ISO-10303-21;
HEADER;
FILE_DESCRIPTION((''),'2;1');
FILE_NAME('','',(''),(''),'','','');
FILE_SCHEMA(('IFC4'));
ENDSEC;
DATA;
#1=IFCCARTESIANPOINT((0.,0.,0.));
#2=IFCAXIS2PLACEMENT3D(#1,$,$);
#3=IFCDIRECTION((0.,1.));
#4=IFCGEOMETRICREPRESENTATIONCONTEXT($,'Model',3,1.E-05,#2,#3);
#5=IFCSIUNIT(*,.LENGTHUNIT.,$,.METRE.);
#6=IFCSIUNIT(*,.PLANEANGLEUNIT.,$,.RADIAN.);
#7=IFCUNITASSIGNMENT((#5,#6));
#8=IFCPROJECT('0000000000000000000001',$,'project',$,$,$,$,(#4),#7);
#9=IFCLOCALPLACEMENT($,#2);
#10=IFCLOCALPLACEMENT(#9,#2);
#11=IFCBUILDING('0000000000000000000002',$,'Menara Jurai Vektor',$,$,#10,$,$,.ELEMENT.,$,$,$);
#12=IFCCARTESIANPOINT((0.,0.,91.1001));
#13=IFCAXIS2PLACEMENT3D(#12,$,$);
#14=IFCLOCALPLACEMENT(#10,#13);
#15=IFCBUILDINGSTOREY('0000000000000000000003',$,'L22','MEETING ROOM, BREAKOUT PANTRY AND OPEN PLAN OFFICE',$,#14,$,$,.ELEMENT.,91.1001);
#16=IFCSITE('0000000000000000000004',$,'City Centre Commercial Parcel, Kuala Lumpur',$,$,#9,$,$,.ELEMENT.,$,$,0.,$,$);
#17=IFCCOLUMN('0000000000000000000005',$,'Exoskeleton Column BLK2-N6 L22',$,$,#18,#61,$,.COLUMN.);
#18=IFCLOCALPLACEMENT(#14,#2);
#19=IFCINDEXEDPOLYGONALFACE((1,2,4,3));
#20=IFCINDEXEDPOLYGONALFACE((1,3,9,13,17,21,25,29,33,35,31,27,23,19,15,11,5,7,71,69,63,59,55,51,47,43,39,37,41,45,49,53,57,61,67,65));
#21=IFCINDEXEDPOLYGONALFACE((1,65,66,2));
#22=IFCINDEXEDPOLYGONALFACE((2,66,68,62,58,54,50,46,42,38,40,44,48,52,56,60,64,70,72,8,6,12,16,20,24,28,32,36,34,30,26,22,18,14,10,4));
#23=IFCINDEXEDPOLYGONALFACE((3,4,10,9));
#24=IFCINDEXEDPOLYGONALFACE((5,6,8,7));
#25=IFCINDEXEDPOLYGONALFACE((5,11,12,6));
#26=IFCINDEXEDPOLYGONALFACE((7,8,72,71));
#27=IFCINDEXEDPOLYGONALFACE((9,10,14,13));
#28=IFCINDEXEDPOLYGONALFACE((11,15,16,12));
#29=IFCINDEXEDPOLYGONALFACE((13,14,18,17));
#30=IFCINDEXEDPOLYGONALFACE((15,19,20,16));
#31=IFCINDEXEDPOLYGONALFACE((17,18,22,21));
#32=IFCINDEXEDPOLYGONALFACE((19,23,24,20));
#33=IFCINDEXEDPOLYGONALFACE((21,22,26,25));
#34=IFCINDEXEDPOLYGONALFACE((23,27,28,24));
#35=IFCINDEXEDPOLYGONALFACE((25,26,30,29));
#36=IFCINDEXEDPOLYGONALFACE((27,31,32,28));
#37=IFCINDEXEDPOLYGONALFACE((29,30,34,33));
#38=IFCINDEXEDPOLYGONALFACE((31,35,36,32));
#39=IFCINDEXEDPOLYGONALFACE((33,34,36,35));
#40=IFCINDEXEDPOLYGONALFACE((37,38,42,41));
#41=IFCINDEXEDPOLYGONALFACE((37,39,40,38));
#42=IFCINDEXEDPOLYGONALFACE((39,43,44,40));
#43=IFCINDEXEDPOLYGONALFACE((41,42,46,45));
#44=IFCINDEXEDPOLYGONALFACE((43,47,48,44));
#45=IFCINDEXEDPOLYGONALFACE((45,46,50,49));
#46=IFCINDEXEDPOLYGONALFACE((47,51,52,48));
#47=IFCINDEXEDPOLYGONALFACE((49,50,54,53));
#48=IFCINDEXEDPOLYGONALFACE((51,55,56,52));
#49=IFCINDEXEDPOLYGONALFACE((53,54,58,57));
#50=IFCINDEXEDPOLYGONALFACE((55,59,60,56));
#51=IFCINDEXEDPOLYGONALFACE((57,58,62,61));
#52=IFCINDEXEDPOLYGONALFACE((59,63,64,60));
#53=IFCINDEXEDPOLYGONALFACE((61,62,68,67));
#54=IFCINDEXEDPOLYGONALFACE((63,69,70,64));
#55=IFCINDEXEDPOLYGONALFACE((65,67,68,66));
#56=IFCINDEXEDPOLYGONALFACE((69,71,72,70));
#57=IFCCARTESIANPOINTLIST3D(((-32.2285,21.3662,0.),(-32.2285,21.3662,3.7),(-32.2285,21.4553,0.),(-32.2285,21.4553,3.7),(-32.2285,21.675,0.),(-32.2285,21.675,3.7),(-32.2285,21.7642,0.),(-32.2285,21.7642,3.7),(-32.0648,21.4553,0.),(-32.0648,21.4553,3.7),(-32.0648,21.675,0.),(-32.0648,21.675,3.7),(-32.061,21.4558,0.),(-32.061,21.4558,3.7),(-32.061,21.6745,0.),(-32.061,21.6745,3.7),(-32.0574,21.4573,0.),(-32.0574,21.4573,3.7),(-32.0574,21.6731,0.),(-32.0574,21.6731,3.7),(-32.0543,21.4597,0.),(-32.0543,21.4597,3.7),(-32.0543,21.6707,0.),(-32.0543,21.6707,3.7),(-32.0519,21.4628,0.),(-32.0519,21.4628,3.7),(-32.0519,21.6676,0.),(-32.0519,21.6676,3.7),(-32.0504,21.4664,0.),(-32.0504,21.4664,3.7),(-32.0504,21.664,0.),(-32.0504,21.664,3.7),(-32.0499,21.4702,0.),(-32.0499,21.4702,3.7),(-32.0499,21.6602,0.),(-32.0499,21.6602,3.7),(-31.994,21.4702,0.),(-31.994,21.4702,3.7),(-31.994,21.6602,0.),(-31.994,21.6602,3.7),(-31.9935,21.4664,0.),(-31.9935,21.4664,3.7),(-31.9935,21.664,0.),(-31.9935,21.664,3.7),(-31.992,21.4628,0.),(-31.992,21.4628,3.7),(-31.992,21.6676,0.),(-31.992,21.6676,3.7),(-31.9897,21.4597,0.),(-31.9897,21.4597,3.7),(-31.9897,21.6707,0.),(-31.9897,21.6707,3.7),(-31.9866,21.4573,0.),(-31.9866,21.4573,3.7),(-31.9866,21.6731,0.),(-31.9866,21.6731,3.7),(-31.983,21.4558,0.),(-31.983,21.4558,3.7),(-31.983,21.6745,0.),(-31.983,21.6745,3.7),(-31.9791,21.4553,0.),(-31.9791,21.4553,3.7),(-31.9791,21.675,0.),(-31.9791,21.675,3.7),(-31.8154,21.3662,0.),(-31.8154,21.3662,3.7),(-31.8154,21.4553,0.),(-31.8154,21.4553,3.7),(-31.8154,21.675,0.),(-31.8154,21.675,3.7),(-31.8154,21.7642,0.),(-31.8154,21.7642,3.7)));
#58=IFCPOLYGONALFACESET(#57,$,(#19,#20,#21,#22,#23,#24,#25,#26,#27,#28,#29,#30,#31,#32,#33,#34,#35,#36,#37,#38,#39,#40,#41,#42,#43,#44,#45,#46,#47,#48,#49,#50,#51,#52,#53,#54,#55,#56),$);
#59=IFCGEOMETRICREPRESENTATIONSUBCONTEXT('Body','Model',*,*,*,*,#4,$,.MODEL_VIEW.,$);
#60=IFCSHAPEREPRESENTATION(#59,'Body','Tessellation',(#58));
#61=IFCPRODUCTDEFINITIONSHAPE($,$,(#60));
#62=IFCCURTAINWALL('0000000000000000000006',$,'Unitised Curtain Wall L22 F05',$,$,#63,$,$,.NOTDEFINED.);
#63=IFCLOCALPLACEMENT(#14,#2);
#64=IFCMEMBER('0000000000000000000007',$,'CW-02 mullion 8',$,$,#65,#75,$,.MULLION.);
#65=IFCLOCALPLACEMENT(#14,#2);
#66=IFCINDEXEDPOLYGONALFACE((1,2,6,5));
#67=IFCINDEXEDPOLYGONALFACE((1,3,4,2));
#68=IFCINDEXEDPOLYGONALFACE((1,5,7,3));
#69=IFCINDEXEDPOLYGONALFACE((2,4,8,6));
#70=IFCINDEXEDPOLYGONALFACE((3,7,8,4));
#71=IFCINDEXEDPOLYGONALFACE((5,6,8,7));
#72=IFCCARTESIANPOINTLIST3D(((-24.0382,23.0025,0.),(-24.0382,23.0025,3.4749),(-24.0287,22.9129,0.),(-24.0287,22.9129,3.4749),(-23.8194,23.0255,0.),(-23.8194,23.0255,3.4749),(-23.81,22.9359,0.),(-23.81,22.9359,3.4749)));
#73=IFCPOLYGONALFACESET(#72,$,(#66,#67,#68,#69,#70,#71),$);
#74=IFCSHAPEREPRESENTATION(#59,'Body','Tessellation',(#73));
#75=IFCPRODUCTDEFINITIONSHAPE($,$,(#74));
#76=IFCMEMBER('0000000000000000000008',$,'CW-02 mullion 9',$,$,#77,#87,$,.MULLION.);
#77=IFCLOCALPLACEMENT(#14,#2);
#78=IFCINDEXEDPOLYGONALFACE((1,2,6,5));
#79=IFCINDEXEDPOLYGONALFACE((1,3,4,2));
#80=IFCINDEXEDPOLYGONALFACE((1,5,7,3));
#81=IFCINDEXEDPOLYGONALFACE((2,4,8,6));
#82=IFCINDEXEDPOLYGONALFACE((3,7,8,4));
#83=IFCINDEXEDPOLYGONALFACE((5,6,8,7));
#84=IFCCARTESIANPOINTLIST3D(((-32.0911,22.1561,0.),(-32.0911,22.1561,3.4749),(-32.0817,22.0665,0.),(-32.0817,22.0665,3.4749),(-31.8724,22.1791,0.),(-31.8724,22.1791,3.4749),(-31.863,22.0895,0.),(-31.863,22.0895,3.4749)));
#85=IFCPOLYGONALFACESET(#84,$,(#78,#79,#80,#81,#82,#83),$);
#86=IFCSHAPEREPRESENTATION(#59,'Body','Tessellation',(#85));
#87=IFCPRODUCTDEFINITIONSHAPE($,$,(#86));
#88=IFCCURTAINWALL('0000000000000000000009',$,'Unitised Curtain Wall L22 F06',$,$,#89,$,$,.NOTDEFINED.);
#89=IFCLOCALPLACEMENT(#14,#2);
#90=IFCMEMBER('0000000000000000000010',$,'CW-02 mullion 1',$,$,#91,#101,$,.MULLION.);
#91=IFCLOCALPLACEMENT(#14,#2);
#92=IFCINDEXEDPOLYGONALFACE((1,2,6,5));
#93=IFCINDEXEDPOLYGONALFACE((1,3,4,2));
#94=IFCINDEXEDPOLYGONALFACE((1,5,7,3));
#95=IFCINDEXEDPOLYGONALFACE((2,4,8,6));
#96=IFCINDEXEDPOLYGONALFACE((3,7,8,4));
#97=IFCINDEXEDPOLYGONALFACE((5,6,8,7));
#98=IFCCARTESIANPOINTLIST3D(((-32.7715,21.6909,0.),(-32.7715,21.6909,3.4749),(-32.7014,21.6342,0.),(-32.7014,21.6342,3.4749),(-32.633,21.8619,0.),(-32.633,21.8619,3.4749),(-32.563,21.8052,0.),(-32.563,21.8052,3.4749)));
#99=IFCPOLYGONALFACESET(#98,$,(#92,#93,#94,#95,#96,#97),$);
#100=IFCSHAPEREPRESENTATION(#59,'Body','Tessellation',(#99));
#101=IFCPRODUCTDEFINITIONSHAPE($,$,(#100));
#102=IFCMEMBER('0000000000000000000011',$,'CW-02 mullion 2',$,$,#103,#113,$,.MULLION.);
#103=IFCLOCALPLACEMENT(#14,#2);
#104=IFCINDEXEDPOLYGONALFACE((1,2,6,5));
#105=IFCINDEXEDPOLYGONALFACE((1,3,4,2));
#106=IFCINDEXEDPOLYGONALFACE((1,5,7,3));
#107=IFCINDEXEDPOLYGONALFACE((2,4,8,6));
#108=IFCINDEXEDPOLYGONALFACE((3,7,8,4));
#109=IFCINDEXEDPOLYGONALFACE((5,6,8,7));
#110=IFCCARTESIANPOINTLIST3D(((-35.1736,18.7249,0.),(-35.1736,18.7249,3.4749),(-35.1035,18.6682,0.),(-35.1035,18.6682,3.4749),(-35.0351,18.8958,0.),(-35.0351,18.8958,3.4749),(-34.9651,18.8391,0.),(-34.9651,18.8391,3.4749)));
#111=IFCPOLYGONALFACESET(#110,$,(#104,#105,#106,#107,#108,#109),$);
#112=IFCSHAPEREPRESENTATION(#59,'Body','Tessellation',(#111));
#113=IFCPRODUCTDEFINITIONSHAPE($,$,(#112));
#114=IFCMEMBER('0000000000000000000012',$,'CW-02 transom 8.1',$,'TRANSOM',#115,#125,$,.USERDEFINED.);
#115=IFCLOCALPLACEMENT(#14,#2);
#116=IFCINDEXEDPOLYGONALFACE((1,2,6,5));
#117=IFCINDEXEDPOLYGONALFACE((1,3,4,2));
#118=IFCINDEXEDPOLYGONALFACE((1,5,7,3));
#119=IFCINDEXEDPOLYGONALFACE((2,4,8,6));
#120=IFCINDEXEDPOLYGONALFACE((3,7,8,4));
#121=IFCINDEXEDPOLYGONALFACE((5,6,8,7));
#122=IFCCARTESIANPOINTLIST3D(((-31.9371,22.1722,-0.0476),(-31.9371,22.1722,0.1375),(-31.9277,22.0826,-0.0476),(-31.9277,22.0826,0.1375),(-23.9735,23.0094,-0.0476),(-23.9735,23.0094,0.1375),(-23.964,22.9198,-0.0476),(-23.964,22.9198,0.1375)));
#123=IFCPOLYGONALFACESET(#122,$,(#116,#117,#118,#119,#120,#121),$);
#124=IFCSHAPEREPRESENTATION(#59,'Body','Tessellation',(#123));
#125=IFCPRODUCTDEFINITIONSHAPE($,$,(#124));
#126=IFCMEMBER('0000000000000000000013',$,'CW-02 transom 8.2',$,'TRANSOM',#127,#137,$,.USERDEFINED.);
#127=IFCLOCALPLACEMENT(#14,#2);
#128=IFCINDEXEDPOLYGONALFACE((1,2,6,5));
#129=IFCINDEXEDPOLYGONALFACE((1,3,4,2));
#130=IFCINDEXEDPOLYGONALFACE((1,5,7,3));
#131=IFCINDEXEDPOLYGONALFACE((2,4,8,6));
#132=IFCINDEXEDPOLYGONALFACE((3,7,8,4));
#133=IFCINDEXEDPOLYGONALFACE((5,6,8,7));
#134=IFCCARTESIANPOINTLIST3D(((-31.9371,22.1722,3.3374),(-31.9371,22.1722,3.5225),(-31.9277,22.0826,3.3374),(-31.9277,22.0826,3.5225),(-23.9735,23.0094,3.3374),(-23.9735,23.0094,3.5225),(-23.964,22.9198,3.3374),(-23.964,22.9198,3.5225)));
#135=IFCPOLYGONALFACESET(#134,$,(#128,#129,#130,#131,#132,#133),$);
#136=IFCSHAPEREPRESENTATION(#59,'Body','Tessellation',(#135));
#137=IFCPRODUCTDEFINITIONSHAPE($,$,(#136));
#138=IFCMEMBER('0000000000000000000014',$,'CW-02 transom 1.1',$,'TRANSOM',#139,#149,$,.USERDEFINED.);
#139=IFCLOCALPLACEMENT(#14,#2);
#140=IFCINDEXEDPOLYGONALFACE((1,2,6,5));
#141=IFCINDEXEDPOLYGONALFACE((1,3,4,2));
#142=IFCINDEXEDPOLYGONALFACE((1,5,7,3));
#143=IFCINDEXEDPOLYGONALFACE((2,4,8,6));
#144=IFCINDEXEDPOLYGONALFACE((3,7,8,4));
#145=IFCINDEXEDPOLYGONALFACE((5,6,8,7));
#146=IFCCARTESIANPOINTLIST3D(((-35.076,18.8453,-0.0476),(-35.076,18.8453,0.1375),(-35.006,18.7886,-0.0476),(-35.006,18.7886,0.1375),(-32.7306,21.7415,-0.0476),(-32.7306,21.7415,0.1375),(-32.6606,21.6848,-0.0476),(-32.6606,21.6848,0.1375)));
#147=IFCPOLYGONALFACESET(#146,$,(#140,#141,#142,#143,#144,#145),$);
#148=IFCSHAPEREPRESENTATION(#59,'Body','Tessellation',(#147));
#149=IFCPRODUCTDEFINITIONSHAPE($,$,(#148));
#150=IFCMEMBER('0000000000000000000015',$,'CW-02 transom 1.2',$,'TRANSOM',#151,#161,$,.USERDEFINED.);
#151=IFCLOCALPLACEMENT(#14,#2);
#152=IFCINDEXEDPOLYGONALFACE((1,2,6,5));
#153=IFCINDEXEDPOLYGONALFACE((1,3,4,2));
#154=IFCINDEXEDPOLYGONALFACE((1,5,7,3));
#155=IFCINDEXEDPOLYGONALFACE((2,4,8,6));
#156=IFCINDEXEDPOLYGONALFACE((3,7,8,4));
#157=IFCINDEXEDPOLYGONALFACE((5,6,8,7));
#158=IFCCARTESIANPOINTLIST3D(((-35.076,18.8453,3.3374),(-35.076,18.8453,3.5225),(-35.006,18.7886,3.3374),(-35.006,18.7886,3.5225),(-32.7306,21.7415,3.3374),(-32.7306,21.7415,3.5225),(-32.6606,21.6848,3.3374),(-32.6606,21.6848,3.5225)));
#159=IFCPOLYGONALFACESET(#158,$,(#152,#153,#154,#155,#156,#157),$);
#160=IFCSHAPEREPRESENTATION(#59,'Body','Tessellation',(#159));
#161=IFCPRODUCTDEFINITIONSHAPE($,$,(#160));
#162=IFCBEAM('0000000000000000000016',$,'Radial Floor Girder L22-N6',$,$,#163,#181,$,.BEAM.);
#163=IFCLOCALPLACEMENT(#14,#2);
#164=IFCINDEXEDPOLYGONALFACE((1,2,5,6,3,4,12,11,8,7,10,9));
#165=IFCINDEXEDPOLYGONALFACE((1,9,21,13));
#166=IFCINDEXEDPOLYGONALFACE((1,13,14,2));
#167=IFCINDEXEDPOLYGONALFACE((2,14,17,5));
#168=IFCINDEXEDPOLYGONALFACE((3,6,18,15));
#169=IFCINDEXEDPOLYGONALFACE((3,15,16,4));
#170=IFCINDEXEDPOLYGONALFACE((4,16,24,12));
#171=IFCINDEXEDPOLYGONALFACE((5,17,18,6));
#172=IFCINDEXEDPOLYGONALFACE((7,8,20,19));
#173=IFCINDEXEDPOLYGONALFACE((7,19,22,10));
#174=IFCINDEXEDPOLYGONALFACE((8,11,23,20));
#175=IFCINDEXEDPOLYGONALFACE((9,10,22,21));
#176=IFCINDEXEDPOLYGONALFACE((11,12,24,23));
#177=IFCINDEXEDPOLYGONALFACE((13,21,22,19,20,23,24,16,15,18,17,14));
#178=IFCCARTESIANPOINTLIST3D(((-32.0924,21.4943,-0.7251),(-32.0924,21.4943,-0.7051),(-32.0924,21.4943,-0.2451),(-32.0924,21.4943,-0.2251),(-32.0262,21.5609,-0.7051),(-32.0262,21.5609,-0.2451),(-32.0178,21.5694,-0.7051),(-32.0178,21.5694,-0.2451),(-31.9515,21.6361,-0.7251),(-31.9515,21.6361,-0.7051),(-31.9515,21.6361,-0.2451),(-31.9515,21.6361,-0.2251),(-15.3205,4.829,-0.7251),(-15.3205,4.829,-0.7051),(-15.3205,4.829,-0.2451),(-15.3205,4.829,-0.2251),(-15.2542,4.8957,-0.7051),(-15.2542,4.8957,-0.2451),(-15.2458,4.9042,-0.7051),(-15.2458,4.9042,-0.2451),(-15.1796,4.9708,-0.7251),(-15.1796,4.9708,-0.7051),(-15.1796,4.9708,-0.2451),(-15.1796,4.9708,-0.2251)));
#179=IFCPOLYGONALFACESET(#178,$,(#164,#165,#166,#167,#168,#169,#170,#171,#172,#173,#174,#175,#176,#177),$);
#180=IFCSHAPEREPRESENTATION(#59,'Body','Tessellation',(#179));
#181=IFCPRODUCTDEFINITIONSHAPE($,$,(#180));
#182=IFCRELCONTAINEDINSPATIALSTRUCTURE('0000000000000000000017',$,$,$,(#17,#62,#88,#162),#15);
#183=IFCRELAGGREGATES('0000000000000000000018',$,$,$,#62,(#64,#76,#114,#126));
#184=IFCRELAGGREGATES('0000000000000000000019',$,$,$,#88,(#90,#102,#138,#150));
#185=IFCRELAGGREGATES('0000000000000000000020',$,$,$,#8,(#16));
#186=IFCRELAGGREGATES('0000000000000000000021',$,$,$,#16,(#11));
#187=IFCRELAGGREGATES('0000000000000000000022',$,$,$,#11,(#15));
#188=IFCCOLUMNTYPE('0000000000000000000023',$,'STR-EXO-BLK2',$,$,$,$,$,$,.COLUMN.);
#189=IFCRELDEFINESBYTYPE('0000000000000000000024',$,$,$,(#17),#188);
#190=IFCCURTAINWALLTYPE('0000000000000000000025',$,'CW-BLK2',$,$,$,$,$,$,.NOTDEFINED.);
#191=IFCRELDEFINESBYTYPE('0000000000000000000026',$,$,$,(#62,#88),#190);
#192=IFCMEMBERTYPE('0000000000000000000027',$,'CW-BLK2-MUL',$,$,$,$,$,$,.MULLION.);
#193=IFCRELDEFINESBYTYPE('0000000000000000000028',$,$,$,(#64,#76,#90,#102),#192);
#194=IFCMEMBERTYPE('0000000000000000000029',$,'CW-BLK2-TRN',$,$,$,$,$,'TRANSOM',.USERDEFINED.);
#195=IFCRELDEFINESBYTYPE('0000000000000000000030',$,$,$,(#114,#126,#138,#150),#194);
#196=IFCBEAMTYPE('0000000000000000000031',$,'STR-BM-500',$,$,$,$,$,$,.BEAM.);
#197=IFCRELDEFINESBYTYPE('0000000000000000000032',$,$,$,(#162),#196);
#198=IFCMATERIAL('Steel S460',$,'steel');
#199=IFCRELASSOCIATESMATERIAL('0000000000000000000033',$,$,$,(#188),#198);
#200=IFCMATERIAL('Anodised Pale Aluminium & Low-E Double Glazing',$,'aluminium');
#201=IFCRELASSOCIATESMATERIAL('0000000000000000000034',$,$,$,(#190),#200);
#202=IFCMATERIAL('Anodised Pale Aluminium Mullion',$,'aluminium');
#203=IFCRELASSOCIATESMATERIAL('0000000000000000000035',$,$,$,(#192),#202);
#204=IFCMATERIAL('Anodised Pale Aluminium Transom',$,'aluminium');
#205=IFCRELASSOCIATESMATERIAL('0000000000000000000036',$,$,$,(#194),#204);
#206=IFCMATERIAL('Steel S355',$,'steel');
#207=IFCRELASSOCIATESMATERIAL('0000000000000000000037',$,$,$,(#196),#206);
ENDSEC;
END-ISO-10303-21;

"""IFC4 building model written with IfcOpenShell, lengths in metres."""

from ifc_helpers import new_model, si_unit, direction, frame, origin, origin_2d, place, context, subcontext, project, spatial, rectangle, i_section, extrude, material, material_profile, profile_set, type_object, element, aggregate, save


model = new_model("IFC4")

# Units and contexts
model_context = context("Model", 3, precision=1e-05, world=origin(), true_north=direction((0.0, 1.0)))
body_context = subcontext(model_context, "Body", "Model", "MODEL_VIEW")
ifc_project = project(units=[si_unit("LENGTHUNIT", "METRE"), si_unit("PLANEANGLEUNIT", "RADIAN")], contexts=[model_context])

# Site, building, storey
site_placement = place(None, origin())
site = spatial("IfcSite", under=ifc_project, at=site_placement, Name="City Centre Commercial Parcel, Kuala Lumpur", CompositionType="ELEMENT", RefElevation=0.0)
building_placement = place(site_placement, origin())
building = spatial("IfcBuilding", under=site, at=building_placement, Name="Menara Jurai Vektor", CompositionType="ELEMENT")
storey_placement = place(building_placement, frame((0.0, 0.0, 91.1001)))
storey = spatial("IfcBuildingStorey", under=building, at=storey_placement, Name="L22", Description="MEETING ROOM, BREAKOUT PANTRY AND OPEN PLAN OFFICE", CompositionType="ELEMENT", Elevation=91.1001)

# Column
ifc_material_1 = material(Name="Steel S460", Category="steel")
ifc_material_profile_1 = material_profile(ifc_material_1, i_section(OverallWidth=0.4131, OverallDepth=0.3979, WebThickness=0.0559, FlangeThickness=0.0891, FilletRadius=0.0149, at=origin_2d()), Name="HD 400x744")
ifc_profile_set_1 = profile_set([ifc_material_profile_1], Name="Steel S460")
column_type = type_object("IfcColumnType", Name="STR-EXO-BLK2", PredefinedType="COLUMN", material=ifc_profile_set_1)
column_placement = place(storey_placement, frame((-32.022, 21.5652, 0.0), z_axis=(0.0, 0.0, 1.0), x_axis=(1.0, 0.0, 0.0)))
element("IfcColumn", 1, at=column_placement, inside=storey, type_object=column_type, Name="Exoskeleton Column BLK2-N6 L22", PredefinedType="COLUMN", context=body_context, shape_type="SweptSolid", body=[
    extrude(i_section(OverallWidth=0.4131, OverallDepth=0.3979, WebThickness=0.0559, FlangeThickness=0.0891, FilletRadius=0.0149, at=origin_2d()), origin(), (0.0, 0.0, 1.0), 3.7),
])

# Curtain walls, members
ifc_material_2 = material(Name="Anodised Pale Aluminium & Low-E Double Glazing", Category="aluminium")
curtain_wall_type = type_object("IfcCurtainWallType", Name="CW-BLK2", PredefinedType="NOTDEFINED", material=ifc_material_2)
curtain_wall_1_placement = place(storey_placement, origin())
curtain_wall_1 = element("IfcCurtainWall", 2, at=curtain_wall_1_placement, inside=storey, type_object=curtain_wall_type, Name="Unitised Curtain Wall L22 F05", PredefinedType="NOTDEFINED")
ifc_material_3 = material(Name="Anodised Pale Aluminium Mullion", Category="aluminium")
ifc_material_profile_2 = material_profile(ifc_material_3, rectangle(XDim=0.0901, YDim=0.22, at=origin_2d()), Name="ALU MUL 90x220")
ifc_profile_set_2 = profile_set([ifc_material_profile_2], Name="Anodised Pale Aluminium Mullion")
member_type_1 = type_object("IfcMemberType", Name="CW-BLK2-MUL", PredefinedType="MULLION", material=ifc_profile_set_2)
member_1_placement = place(storey_placement, frame((-23.9241, 22.9692, 0.0), z_axis=(0.0, 0.0, 1.0), x_axis=(0.104529, -0.994522, 0.0)))
member_1 = element("IfcMember", 3, at=member_1_placement, type_object=member_type_1, Name="CW-02 mullion 8", PredefinedType="MULLION", context=body_context, shape_type="SweptSolid", body=[
    extrude(rectangle(XDim=0.0901, YDim=0.22, at=origin_2d()), origin(), (0.0, 0.0, 1.0), 3.4749),
])
member_2_placement = place(storey_placement, frame((-31.9771, 22.1228, 0.0), z_axis=(0.0, 0.0, 1.0), x_axis=(0.104529, -0.994522, 0.0)))
member_2 = element("IfcMember", 4, at=member_2_placement, type_object=member_type_1, Name="CW-02 mullion 9", PredefinedType="MULLION", context=body_context, shape_type="SweptSolid", body=[
    extrude(rectangle(XDim=0.0901, YDim=0.22, at=origin_2d()), origin(), (0.0, 0.0, 1.0), 3.4749),
])
curtain_wall_2_placement = place(storey_placement, origin())
curtain_wall_2 = element("IfcCurtainWall", 5, at=curtain_wall_2_placement, inside=storey, type_object=curtain_wall_type, Name="Unitised Curtain Wall L22 F06", PredefinedType="NOTDEFINED")
member_3_placement = place(storey_placement, frame((-32.6672, 21.748, 0.0), z_axis=(0.0, 0.0, 1.0), x_axis=(0.777129, -0.629341, 0.0)))
member_3 = element("IfcMember", 6, at=member_3_placement, type_object=member_type_1, Name="CW-02 mullion 1", PredefinedType="MULLION", context=body_context, shape_type="SweptSolid", body=[
    extrude(rectangle(XDim=0.0901, YDim=0.22, at=origin_2d()), origin(), (0.0, 0.0, 1.0), 3.4749),
])
member_4_placement = place(storey_placement, frame((-35.0693, 18.782, 0.0), z_axis=(0.0, 0.0, 1.0), x_axis=(0.777129, -0.629341, 0.0)))
member_4 = element("IfcMember", 7, at=member_4_placement, type_object=member_type_1, Name="CW-02 mullion 2", PredefinedType="MULLION", context=body_context, shape_type="SweptSolid", body=[
    extrude(rectangle(XDim=0.0901, YDim=0.22, at=origin_2d()), origin(), (0.0, 0.0, 1.0), 3.4749),
])

# Members
ifc_material_4 = material(Name="Anodised Pale Aluminium Transom", Category="aluminium")
ifc_material_profile_3 = material_profile(ifc_material_4, rectangle(XDim=0.0901, YDim=0.1851, at=origin_2d()), Name="ALU TRN 90x185")
ifc_profile_set_3 = profile_set([ifc_material_profile_3], Name="Anodised Pale Aluminium Transom")
member_type_2 = type_object("IfcMemberType", Name="CW-BLK2-TRN", ElementType="TRANSOM", PredefinedType="USERDEFINED", material=ifc_profile_set_3)
member_5_placement = place(storey_placement, frame((-23.9688, 22.9646, 0.0449), z_axis=(-0.99452, -0.104547, 0.0), x_axis=(0.104547, -0.99452, 0.0)))
member_5 = element("IfcMember", 8, at=member_5_placement, type_object=member_type_2, Name="CW-02 transom 8.1", ObjectType="TRANSOM", PredefinedType="USERDEFINED", context=body_context, shape_type="SweptSolid", body=[
    extrude(rectangle(XDim=0.0901, YDim=0.1851, at=origin_2d()), origin(), (0.0, 0.0, 1.0), 8.0076),
])
member_6_placement = place(storey_placement, frame((-23.9688, 22.9646, 3.4299), z_axis=(-0.99452, -0.104547, 0.0), x_axis=(0.104547, -0.99452, 0.0)))
member_6 = element("IfcMember", 9, at=member_6_placement, type_object=member_type_2, Name="CW-02 transom 8.2", ObjectType="TRANSOM", PredefinedType="USERDEFINED", context=body_context, shape_type="SweptSolid", body=[
    extrude(rectangle(XDim=0.0901, YDim=0.1851, at=origin_2d()), origin(), (0.0, 0.0, 1.0), 8.0076),
])
member_7_placement = place(storey_placement, frame((-32.6956, 21.7131, 0.0449), z_axis=(-0.629341, -0.777129, 0.0), x_axis=(0.777129, -0.629341, 0.0)))
member_7 = element("IfcMember", 10, at=member_7_placement, type_object=member_type_2, Name="CW-02 transom 1.1", ObjectType="TRANSOM", PredefinedType="USERDEFINED", context=body_context, shape_type="SweptSolid", body=[
    extrude(rectangle(XDim=0.0901, YDim=0.1851, at=origin_2d()), origin(), (0.0, 0.0, 1.0), 3.7268),
])
member_8_placement = place(storey_placement, frame((-32.6956, 21.7131, 3.4299), z_axis=(-0.629341, -0.777129, 0.0), x_axis=(0.777129, -0.629341, 0.0)))
member_8 = element("IfcMember", 11, at=member_8_placement, type_object=member_type_2, Name="CW-02 transom 1.2", ObjectType="TRANSOM", PredefinedType="USERDEFINED", context=body_context, shape_type="SweptSolid", body=[
    extrude(rectangle(XDim=0.0901, YDim=0.1851, at=origin_2d()), origin(), (0.0, 0.0, 1.0), 3.7268),
])

# Beam
ifc_material_5 = material(Name="Steel S355", Category="steel")
ifc_material_profile_4 = material_profile(ifc_material_5, i_section(OverallWidth=0.2, OverallDepth=0.5, WebThickness=0.012, FlangeThickness=0.02, at=origin_2d()), Name="PG 500x200x96")
ifc_profile_set_4 = profile_set([ifc_material_profile_4], Name="Steel S355")
beam_type_1 = type_object("IfcBeamType", Name="STR-BM-500", PredefinedType="BEAM", material=ifc_profile_set_4)
beam_1_placement = place(storey_placement, frame((-32.022, 21.5652, -0.4751), z_axis=(0.709359, -0.704847, 0.0), x_axis=(0.704847, 0.709359, 0.0)))
element("IfcBeam", 12, at=beam_1_placement, inside=storey, type_object=beam_type_1, Name="Radial Floor Girder L22-N6", PredefinedType="BEAM", context=body_context, shape_type="SweptSolid", body=[
    extrude(i_section(OverallWidth=0.2, OverallDepth=0.5, WebThickness=0.012, FlangeThickness=0.02, at=origin_2d()), origin(), (0.0, 0.0, 1.0), 23.6438),
])

aggregate(curtain_wall_1, [member_1, member_2, member_5, member_6])
aggregate(curtain_wall_2, [member_3, member_4, member_7, member_8])

save(model, "model.ifc")
